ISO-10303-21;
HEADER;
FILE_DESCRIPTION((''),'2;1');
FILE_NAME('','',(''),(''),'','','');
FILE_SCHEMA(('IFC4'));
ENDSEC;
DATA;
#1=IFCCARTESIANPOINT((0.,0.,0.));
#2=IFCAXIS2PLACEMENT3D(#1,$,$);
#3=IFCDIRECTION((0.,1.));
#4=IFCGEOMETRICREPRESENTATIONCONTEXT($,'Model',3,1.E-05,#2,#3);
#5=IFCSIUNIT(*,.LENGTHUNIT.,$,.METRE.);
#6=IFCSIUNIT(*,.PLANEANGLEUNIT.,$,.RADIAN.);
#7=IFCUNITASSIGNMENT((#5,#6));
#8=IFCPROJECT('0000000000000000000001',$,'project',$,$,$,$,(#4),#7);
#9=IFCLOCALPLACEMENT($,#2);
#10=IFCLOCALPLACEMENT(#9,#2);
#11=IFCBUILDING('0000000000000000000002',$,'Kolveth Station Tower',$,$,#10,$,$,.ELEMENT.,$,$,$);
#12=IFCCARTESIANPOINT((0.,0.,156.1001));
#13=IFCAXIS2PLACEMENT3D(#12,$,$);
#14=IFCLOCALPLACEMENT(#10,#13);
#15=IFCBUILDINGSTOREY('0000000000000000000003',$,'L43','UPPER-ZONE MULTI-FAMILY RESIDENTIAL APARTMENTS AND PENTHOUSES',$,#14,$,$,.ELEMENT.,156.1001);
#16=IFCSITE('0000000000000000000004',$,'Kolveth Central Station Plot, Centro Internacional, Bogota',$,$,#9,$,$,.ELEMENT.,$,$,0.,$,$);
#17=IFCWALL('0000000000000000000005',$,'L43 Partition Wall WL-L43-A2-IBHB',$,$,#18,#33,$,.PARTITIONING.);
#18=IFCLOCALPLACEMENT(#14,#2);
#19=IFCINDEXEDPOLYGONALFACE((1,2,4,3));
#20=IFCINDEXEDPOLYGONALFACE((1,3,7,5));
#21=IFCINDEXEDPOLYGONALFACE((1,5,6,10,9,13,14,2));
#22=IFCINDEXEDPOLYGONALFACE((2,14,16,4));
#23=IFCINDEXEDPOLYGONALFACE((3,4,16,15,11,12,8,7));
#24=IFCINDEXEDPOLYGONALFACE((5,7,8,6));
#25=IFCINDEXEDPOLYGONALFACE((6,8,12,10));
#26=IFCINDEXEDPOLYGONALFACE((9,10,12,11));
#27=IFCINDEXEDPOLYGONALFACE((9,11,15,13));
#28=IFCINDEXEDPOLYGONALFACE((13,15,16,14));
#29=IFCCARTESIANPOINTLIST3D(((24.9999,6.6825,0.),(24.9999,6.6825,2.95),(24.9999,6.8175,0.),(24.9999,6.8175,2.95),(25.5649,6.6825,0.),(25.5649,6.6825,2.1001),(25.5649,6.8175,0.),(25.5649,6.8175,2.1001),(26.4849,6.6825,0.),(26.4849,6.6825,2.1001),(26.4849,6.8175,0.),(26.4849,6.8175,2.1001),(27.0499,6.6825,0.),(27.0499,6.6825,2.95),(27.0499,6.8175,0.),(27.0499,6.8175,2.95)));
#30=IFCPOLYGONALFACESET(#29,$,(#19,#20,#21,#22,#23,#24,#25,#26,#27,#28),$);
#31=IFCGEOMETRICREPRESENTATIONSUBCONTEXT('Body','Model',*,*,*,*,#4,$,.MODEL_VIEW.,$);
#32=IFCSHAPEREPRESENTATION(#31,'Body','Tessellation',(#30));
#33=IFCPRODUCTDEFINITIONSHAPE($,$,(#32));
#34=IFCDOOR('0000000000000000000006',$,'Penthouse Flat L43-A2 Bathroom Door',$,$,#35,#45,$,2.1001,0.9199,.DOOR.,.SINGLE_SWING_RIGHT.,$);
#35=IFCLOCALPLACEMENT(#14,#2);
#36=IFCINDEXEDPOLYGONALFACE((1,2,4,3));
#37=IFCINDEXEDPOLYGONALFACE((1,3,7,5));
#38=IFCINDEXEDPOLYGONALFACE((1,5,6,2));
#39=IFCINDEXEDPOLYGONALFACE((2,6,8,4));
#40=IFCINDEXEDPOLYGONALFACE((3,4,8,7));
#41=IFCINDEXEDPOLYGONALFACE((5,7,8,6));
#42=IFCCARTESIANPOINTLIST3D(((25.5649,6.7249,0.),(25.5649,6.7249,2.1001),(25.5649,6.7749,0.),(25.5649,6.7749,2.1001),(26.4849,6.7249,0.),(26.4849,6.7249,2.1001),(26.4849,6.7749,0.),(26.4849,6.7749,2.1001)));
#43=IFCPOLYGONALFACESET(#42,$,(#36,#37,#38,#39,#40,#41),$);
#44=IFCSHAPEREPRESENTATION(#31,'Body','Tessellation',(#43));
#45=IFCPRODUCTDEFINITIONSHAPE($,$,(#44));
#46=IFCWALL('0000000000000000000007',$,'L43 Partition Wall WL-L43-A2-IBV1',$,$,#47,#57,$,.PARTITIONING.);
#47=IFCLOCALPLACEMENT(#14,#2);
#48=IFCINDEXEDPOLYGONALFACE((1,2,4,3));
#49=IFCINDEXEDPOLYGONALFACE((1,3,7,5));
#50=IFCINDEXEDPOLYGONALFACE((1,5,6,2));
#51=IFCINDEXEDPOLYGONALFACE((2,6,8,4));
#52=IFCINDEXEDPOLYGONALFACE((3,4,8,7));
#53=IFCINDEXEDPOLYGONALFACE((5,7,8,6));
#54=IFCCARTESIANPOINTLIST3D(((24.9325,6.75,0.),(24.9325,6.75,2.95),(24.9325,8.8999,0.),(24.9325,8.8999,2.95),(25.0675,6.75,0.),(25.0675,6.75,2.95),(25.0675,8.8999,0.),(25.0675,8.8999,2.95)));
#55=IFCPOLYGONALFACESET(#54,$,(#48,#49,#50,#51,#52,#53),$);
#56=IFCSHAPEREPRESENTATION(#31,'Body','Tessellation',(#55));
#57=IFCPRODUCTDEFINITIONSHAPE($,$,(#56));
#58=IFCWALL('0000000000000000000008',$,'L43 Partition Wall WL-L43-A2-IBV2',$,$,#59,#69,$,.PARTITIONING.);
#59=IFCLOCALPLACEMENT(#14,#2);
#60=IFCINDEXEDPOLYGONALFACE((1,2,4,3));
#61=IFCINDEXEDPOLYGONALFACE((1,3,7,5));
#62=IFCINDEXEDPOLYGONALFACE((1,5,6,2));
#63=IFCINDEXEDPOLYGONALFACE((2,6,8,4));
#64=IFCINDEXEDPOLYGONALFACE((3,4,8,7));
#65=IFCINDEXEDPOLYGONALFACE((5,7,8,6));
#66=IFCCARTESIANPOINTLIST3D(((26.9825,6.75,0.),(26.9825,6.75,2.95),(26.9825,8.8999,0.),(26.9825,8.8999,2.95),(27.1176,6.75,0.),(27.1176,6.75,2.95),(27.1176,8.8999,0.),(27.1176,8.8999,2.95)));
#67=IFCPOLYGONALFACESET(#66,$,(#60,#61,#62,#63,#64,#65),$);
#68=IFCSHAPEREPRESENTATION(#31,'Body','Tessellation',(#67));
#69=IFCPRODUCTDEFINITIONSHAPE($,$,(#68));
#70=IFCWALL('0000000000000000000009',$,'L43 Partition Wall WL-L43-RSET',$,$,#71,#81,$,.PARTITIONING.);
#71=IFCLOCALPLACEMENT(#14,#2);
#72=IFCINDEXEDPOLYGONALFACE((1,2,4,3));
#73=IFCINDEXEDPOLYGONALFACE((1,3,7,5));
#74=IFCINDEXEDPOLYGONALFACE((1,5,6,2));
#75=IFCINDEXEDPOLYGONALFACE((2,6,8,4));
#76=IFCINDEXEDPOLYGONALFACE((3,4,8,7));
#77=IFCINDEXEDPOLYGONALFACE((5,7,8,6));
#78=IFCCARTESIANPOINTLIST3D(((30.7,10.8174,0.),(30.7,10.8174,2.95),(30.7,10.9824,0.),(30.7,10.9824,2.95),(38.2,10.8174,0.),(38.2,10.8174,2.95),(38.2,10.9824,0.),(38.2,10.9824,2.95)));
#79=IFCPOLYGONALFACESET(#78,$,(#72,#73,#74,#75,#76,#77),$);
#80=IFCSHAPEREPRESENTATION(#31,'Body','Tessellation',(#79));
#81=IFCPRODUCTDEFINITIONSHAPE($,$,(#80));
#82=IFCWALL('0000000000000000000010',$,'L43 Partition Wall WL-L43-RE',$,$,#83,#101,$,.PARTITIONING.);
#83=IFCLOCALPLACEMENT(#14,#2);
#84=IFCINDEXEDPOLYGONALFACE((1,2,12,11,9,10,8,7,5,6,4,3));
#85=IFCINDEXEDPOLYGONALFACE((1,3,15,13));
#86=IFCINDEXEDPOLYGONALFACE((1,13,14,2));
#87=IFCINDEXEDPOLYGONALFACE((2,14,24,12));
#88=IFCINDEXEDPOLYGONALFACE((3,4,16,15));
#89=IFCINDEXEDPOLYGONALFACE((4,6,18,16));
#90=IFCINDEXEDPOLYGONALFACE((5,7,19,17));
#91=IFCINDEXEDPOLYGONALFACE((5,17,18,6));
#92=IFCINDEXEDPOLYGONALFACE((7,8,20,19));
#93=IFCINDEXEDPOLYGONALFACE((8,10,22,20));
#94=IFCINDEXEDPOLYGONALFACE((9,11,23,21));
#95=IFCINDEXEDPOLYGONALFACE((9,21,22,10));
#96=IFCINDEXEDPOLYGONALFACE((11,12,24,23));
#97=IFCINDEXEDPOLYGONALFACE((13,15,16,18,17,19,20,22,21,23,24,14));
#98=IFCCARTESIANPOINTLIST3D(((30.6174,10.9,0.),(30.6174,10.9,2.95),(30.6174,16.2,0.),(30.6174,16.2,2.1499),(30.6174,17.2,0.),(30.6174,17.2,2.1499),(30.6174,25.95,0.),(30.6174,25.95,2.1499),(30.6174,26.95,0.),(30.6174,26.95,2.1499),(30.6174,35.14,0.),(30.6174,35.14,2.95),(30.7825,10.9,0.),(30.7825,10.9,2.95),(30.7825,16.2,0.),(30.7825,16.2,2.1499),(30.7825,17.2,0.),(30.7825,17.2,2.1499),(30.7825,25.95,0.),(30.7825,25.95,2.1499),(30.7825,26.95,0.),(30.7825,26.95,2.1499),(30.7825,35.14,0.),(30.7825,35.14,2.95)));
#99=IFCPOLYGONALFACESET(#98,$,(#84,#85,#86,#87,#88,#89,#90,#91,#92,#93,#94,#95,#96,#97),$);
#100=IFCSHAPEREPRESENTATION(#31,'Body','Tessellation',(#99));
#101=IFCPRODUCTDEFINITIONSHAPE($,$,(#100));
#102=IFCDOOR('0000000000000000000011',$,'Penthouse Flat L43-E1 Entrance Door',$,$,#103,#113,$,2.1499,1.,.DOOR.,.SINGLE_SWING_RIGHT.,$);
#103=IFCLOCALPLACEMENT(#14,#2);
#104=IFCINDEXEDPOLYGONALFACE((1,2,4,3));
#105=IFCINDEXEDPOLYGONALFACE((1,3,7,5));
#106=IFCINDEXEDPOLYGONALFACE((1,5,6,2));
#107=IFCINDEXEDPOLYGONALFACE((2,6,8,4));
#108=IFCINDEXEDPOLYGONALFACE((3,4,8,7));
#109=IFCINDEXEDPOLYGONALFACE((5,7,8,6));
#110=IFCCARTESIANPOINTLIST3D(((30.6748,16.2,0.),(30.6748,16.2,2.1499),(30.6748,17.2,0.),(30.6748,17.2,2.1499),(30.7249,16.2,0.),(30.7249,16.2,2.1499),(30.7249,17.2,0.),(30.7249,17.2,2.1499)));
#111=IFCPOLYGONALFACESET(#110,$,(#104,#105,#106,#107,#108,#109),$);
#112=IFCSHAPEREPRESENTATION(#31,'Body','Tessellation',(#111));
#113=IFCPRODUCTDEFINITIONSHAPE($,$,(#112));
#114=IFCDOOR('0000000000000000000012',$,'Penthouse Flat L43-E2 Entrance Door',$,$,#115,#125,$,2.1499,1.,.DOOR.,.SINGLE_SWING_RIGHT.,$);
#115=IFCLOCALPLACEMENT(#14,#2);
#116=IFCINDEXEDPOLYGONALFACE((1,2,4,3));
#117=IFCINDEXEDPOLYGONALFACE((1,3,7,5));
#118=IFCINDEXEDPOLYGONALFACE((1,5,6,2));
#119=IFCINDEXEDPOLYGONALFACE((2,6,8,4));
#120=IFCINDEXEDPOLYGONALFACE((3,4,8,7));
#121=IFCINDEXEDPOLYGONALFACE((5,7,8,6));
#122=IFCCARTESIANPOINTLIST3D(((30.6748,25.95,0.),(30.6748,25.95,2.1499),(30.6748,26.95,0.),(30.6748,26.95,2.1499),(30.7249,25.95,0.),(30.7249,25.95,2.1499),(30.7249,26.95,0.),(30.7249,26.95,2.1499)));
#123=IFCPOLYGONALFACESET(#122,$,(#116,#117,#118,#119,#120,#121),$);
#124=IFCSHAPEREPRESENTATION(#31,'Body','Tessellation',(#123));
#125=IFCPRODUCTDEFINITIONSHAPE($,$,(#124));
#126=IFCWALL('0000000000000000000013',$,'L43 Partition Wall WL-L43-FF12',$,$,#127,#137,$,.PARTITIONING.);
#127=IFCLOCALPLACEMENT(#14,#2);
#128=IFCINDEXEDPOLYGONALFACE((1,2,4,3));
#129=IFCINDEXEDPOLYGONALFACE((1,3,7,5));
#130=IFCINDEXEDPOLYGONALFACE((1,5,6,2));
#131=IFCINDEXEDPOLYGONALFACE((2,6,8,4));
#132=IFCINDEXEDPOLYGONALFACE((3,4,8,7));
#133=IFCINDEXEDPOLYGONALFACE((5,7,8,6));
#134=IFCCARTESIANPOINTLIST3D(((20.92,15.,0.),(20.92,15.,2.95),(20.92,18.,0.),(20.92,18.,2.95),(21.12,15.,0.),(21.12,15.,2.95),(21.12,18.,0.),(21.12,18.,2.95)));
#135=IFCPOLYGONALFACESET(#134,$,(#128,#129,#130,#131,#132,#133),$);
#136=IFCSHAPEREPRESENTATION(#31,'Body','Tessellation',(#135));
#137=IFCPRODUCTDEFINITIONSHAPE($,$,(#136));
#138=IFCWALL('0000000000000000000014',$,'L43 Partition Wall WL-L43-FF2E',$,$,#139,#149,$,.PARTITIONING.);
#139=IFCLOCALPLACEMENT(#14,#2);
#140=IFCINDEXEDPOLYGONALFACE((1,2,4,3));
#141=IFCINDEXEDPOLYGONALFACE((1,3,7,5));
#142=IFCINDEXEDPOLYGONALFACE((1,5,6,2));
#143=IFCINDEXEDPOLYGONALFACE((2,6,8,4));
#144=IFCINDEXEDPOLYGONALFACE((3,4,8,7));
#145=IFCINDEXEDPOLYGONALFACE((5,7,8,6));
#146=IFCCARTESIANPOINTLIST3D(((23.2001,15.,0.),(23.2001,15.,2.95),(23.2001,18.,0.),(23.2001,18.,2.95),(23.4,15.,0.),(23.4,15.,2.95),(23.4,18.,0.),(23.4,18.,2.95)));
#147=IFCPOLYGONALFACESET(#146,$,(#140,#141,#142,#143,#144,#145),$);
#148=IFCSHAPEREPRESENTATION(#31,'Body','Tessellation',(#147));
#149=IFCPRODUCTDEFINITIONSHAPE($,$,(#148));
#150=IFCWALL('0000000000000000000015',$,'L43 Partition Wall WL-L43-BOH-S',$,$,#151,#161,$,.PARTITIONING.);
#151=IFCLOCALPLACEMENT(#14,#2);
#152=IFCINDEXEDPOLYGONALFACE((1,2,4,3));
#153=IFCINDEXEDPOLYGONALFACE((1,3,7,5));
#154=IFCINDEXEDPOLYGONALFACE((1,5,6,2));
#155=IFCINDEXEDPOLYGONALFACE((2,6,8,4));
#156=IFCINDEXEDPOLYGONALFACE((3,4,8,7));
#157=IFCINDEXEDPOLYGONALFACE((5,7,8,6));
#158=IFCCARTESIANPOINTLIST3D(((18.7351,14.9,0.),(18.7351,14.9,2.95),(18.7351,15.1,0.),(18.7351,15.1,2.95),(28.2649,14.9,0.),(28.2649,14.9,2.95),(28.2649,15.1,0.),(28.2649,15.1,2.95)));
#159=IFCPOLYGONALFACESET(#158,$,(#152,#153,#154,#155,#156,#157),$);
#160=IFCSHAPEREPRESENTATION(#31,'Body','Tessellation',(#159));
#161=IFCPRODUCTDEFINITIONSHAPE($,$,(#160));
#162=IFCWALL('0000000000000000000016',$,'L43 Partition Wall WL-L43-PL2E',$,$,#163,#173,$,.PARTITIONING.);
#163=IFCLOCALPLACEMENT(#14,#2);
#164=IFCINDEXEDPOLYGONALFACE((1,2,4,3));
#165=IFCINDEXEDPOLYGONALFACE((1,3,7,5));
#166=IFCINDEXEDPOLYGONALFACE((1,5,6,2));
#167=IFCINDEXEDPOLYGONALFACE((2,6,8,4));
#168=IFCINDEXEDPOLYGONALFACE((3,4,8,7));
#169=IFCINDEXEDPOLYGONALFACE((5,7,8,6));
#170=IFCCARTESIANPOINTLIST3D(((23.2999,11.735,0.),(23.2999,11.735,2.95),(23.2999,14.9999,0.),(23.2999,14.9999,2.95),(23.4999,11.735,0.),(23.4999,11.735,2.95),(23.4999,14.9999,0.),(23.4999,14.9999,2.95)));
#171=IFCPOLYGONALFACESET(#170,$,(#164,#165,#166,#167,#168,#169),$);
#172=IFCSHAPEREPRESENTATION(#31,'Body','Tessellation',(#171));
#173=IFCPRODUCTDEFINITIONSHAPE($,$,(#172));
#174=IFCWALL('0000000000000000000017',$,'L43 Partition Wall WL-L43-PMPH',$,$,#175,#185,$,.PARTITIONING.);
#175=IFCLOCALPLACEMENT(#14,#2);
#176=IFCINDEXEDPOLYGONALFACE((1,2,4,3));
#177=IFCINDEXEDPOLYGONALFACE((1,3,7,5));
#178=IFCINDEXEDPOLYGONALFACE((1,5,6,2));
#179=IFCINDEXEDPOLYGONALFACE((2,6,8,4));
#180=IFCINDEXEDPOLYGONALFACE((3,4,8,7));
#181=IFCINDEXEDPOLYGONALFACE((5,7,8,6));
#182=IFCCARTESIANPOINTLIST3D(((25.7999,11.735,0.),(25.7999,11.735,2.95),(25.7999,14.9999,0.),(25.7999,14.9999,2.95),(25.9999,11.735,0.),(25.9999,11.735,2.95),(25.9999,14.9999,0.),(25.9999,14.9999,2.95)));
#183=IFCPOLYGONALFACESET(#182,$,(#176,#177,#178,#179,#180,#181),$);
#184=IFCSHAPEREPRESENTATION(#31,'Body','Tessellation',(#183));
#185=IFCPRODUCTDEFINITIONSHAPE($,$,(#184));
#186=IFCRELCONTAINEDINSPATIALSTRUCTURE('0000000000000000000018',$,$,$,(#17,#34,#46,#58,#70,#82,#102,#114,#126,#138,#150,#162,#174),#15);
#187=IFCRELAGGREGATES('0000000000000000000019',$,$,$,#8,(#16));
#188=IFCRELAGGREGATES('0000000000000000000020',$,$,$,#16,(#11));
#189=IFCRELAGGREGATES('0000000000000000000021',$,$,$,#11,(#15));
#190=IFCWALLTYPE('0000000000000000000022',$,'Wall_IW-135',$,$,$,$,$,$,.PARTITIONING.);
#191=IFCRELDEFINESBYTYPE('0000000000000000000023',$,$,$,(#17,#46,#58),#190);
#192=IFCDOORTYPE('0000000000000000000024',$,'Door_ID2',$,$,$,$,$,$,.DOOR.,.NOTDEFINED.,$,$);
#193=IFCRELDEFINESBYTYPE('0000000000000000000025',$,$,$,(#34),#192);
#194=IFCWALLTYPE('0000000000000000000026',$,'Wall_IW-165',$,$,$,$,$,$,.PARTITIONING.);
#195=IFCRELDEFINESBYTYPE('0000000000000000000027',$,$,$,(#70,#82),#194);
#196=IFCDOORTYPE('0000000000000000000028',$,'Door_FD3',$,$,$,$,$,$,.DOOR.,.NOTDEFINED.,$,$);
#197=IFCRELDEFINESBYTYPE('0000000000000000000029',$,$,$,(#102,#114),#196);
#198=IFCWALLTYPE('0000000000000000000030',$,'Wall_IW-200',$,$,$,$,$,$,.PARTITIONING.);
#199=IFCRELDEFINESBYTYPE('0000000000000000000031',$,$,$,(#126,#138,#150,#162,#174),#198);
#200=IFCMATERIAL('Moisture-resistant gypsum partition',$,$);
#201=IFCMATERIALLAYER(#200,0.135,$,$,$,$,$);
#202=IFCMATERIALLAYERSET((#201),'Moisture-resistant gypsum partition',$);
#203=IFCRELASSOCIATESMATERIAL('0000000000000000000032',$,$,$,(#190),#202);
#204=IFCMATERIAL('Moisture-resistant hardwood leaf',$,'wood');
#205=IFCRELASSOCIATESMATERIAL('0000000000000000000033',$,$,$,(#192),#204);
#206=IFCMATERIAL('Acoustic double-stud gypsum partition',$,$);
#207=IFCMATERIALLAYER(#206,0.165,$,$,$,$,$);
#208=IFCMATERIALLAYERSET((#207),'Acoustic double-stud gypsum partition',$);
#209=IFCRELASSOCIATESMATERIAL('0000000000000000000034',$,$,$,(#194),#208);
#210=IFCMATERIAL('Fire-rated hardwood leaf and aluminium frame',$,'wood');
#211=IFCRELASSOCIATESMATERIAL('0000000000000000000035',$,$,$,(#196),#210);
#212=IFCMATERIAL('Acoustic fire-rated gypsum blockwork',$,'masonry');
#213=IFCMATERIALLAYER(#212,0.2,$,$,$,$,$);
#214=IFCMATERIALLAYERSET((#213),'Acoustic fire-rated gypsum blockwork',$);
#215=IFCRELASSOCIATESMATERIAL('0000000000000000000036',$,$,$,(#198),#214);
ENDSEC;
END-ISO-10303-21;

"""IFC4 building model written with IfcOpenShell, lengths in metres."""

from ifc_helpers import new_model, si_unit, direction, frame, frame_2d, origin, place, context, subcontext, project, spatial, rectangle, extrude, material, layer, layer_set, type_object, element, fill, save


model = new_model("IFC4")

# Units and contexts
model_context = context("Model", 3, precision=1e-05, world=origin(), true_north=direction((0.0, 1.0)))
body_context = subcontext(model_context, "Body", "Model", "MODEL_VIEW")
ifc_project = project(units=[si_unit("LENGTHUNIT", "METRE"), si_unit("PLANEANGLEUNIT", "RADIAN")], contexts=[model_context])

# Site, building, storey
site_placement = place(None, origin())
site = spatial("IfcSite", under=ifc_project, at=site_placement, Name="Kolveth Central Station Plot, Centro Internacional, Bogota", CompositionType="ELEMENT", RefElevation=0.0)
building_placement = place(site_placement, origin())
building = spatial("IfcBuilding", under=site, at=building_placement, Name="Kolveth Station Tower", CompositionType="ELEMENT")
storey_placement = place(building_placement, frame((0.0, 0.0, 156.1001)))
storey = spatial("IfcBuildingStorey", under=building, at=storey_placement, Name="L43", Description="UPPER-ZONE MULTI-FAMILY RESIDENTIAL APARTMENTS AND PENTHOUSES", CompositionType="ELEMENT", Elevation=156.1001)

# Wall, opening, door
ifc_material_1 = material(Name="Moisture-resistant gypsum partition")
ifc_layer_1 = layer(ifc_material_1, 0.135)
ifc_layer_set_1 = layer_set([ifc_layer_1], Name="Moisture-resistant gypsum partition")
wall_type_1 = type_object("IfcWallType", Name="Wall_IW-135", PredefinedType="PARTITIONING", material=ifc_layer_set_1)
wall_1_placement = place(storey_placement, frame((25.0, 6.75, 0.0), z_axis=(0.0, 0.0, 1.0), x_axis=(1.0, 0.0, 0.0)))
wall_1 = element("IfcWall", 1, at=wall_1_placement, inside=storey, type_object=wall_type_1, Name="L43 Partition Wall WL-L43-A2-IBHB", PredefinedType="PARTITIONING", context=body_context, shape_type="SweptSolid", body=[
    extrude(rectangle(XDim=2.05, YDim=0.135, at=frame_2d((1.0249, 0.0))), origin(), (0.0, 0.0, 1.0), 2.95),
])
opening_1_placement = place(wall_1_placement, frame((0.5649, 0.0, 0.0)))
opening_1 = element("IfcOpeningElement", 2, at=opening_1_placement, cuts=wall_1, PredefinedType="OPENING", context=body_context, shape_type="SweptSolid", body=[
    extrude(rectangle(XDim=0.9199, YDim=2.1001, at=frame_2d((0.46, 1.05))), frame((0.0, 0.0774, 0.0), z_axis=(0.0, -1.0, 0.0), x_axis=(1.0, 0.0, 0.0)), (0.0, 0.0, 1.0), 0.155),
])
ifc_material_2 = material(Name="Moisture-resistant hardwood leaf", Category="wood")
door_type_1 = type_object("IfcDoorType", Name="Door_ID2", OperationType="NOTDEFINED", PredefinedType="DOOR", material=ifc_material_2)
door_1_placement = place(opening_1_placement, origin())
door_1 = element("IfcDoor", 3, at=door_1_placement, inside=storey, type_object=door_type_1, Name="Penthouse Flat L43-A2 Bathroom Door", OperationType="SINGLE_SWING_RIGHT", OverallHeight=2.1001, OverallWidth=0.9199, PredefinedType="DOOR", context=body_context, shape_type="SweptSolid", body=[
    extrude(rectangle(XDim=0.9199, YDim=2.1001, at=frame_2d((0.46, 1.05))), frame((0.0, 0.0249, 0.0), z_axis=(0.0, -1.0, 0.0), x_axis=(1.0, 0.0, 0.0)), (0.0, 0.0, 1.0), 0.05),
])
fill(opening_1, door_1)

# Walls
for number, where, z_axis, x_axis, name in (
    (4, (25.0, 6.75, 0.0), (0.0, 0.0, 1.0), (0.0, 1.0, 0.0), "L43 Partition Wall WL-L43-A2-IBV1"),
    (5, (27.05, 6.75, 0.0), (0.0, 0.0, 1.0), (0.0, 1.0, 0.0), "L43 Partition Wall WL-L43-A2-IBV2"),
):
    element("IfcWall", number, at=place(storey_placement, frame(where, z_axis=z_axis, x_axis=x_axis)), inside=storey, type_object=wall_type_1, Name=name, PredefinedType="PARTITIONING", context=body_context, shape_type="SweptSolid", body=[
        extrude(rectangle(XDim=2.1499, YDim=0.135, at=frame_2d((1.075, 0.0))), origin(), (0.0, 0.0, 1.0), 2.95),
    ])
ifc_material_3 = material(Name="Acoustic double-stud gypsum partition")
ifc_layer_2 = layer(ifc_material_3, 0.165)
ifc_layer_set_2 = layer_set([ifc_layer_2], Name="Acoustic double-stud gypsum partition")
wall_type_2 = type_object("IfcWallType", Name="Wall_IW-165", PredefinedType="PARTITIONING", material=ifc_layer_set_2)
wall_2_placement = place(storey_placement, frame((30.7, 10.8999, 0.0), z_axis=(0.0, 0.0, 1.0), x_axis=(1.0, 0.0, 0.0)))
element("IfcWall", 6, at=wall_2_placement, inside=storey, type_object=wall_type_2, Name="L43 Partition Wall WL-L43-RSET", PredefinedType="PARTITIONING", context=body_context, shape_type="SweptSolid", body=[
    extrude(rectangle(XDim=7.5, YDim=0.165, at=frame_2d((3.75, 0.0))), origin(), (0.0, 0.0, 1.0), 2.95),
])

# Wall, openings, doors
wall_3_placement = place(storey_placement, frame((30.7, 10.8999, 0.0), z_axis=(0.0, 0.0, 1.0), x_axis=(0.0, 1.0, 0.0)))
wall_3 = element("IfcWall", 7, at=wall_3_placement, inside=storey, type_object=wall_type_2, Name="L43 Partition Wall WL-L43-RE", PredefinedType="PARTITIONING", context=body_context, shape_type="SweptSolid", body=[
    extrude(rectangle(XDim=24.24, YDim=0.165, at=frame_2d((12.1201, 0.0))), origin(), (0.0, 0.0, 1.0), 2.95),
])
opening_2_placement = place(wall_3_placement, frame((5.3, 0.0, 0.0)))
opening_2 = element("IfcOpeningElement", 8, at=opening_2_placement, cuts=wall_3, PredefinedType="OPENING", context=body_context, shape_type="SweptSolid", body=[
    extrude(rectangle(XDim=1.0, YDim=2.1499, at=frame_2d((0.5, 1.075))), frame((0.0, 0.0925, 0.0), z_axis=(0.0, -1.0, 0.0), x_axis=(1.0, 0.0, 0.0)), (0.0, 0.0, 1.0), 0.1851),
])
opening_3_placement = place(wall_3_placement, frame((15.05, 0.0, 0.0)))
opening_3 = element("IfcOpeningElement", 9, at=opening_3_placement, cuts=wall_3, PredefinedType="OPENING", context=body_context, shape_type="SweptSolid", body=[
    extrude(rectangle(XDim=1.0, YDim=2.1499, at=frame_2d((0.5, 1.075))), frame((0.0, 0.0925, 0.0), z_axis=(0.0, -1.0, 0.0), x_axis=(1.0, 0.0, 0.0)), (0.0, 0.0, 1.0), 0.1851),
])
ifc_material_4 = material(Name="Fire-rated hardwood leaf and aluminium frame", Category="wood")
door_type_2 = type_object("IfcDoorType", Name="Door_FD3", OperationType="NOTDEFINED", PredefinedType="DOOR", material=ifc_material_4)
door_2_placement = place(opening_2_placement, frame((1.0, 0.0, 0.0), z_axis=(0.0, 0.0, 1.0), x_axis=(-1.0, 0.0, 0.0)))
door_2 = element("IfcDoor", 10, at=door_2_placement, inside=storey, type_object=door_type_2, Name="Penthouse Flat L43-E1 Entrance Door", OperationType="SINGLE_SWING_RIGHT", OverallHeight=2.1499, OverallWidth=1.0, PredefinedType="DOOR", context=body_context, shape_type="SweptSolid", body=[
    extrude(rectangle(XDim=1.0, YDim=2.1499, at=frame_2d((0.5, 1.075))), frame((0.0, 0.0249, 0.0), z_axis=(0.0, -1.0, 0.0), x_axis=(1.0, 0.0, 0.0)), (0.0, 0.0, 1.0), 0.05),
])
fill(opening_2, door_2)
door_3_placement = place(opening_3_placement, frame((1.0, 0.0, 0.0), z_axis=(0.0, 0.0, 1.0), x_axis=(-1.0, 0.0, 0.0)))
door_3 = element("IfcDoor", 11, at=door_3_placement, inside=storey, type_object=door_type_2, Name="Penthouse Flat L43-E2 Entrance Door", OperationType="SINGLE_SWING_RIGHT", OverallHeight=2.1499, OverallWidth=1.0, PredefinedType="DOOR", context=body_context, shape_type="SweptSolid", body=[
    extrude(rectangle(XDim=1.0, YDim=2.1499, at=frame_2d((0.5, 1.075))), frame((0.0, 0.0249, 0.0), z_axis=(0.0, -1.0, 0.0), x_axis=(1.0, 0.0, 0.0)), (0.0, 0.0, 1.0), 0.05),
])
fill(opening_3, door_3)

# Walls
ifc_material_5 = material(Name="Acoustic fire-rated gypsum blockwork", Category="masonry")
ifc_layer_3 = layer(ifc_material_5, 0.2)
ifc_layer_set_3 = layer_set([ifc_layer_3], Name="Acoustic fire-rated gypsum blockwork")
wall_type_3 = type_object("IfcWallType", Name="Wall_IW-200", PredefinedType="PARTITIONING", material=ifc_layer_set_3)
for number, where, z_axis, x_axis, name in (
    (12, (21.02, 15.0, 0.0), (0.0, 0.0, 1.0), (0.0, 1.0, 0.0), "L43 Partition Wall WL-L43-FF12"),
    (13, (23.3, 15.0, 0.0), (0.0, 0.0, 1.0), (0.0, 1.0, 0.0), "L43 Partition Wall WL-L43-FF2E"),
):
    element("IfcWall", number, at=place(storey_placement, frame(where, z_axis=z_axis, x_axis=x_axis)), inside=storey, type_object=wall_type_3, Name=name, PredefinedType="PARTITIONING", context=body_context, shape_type="SweptSolid", body=[
        extrude(rectangle(XDim=3.0, YDim=0.2, at=frame_2d((1.5, 0.0))), origin(), (0.0, 0.0, 1.0), 2.95),
    ])
wall_4_placement = place(storey_placement, frame((18.7351, 15.0, 0.0), z_axis=(0.0, 0.0, 1.0), x_axis=(1.0, 0.0, 0.0)))
element("IfcWall", 14, at=wall_4_placement, inside=storey, type_object=wall_type_3, Name="L43 Partition Wall WL-L43-BOH-S", PredefinedType="PARTITIONING", context=body_context, shape_type="SweptSolid", body=[
    extrude(rectangle(XDim=9.5298, YDim=0.2, at=frame_2d((4.7649, 0.0))), origin(), (0.0, 0.0, 1.0), 2.95),
])
for number, where, z_axis, x_axis, name in (
    (15, (23.3999, 11.7351, 0.0), (0.0, 0.0, 1.0), (0.0, 1.0, 0.0), "L43 Partition Wall WL-L43-PL2E"),
    (16, (25.8999, 11.7351, 0.0), (0.0, 0.0, 1.0), (0.0, 1.0, 0.0), "L43 Partition Wall WL-L43-PMPH"),
):
    element("IfcWall", number, at=place(storey_placement, frame(where, z_axis=z_axis, x_axis=x_axis)), inside=storey, type_object=wall_type_3, Name=name, PredefinedType="PARTITIONING", context=body_context, shape_type="SweptSolid", body=[
        extrude(rectangle(XDim=3.2649, YDim=0.2, at=frame_2d((1.6323, 0.0))), origin(), (0.0, 0.0, 1.0), 2.95),
    ])

save(model, "model.ifc")
